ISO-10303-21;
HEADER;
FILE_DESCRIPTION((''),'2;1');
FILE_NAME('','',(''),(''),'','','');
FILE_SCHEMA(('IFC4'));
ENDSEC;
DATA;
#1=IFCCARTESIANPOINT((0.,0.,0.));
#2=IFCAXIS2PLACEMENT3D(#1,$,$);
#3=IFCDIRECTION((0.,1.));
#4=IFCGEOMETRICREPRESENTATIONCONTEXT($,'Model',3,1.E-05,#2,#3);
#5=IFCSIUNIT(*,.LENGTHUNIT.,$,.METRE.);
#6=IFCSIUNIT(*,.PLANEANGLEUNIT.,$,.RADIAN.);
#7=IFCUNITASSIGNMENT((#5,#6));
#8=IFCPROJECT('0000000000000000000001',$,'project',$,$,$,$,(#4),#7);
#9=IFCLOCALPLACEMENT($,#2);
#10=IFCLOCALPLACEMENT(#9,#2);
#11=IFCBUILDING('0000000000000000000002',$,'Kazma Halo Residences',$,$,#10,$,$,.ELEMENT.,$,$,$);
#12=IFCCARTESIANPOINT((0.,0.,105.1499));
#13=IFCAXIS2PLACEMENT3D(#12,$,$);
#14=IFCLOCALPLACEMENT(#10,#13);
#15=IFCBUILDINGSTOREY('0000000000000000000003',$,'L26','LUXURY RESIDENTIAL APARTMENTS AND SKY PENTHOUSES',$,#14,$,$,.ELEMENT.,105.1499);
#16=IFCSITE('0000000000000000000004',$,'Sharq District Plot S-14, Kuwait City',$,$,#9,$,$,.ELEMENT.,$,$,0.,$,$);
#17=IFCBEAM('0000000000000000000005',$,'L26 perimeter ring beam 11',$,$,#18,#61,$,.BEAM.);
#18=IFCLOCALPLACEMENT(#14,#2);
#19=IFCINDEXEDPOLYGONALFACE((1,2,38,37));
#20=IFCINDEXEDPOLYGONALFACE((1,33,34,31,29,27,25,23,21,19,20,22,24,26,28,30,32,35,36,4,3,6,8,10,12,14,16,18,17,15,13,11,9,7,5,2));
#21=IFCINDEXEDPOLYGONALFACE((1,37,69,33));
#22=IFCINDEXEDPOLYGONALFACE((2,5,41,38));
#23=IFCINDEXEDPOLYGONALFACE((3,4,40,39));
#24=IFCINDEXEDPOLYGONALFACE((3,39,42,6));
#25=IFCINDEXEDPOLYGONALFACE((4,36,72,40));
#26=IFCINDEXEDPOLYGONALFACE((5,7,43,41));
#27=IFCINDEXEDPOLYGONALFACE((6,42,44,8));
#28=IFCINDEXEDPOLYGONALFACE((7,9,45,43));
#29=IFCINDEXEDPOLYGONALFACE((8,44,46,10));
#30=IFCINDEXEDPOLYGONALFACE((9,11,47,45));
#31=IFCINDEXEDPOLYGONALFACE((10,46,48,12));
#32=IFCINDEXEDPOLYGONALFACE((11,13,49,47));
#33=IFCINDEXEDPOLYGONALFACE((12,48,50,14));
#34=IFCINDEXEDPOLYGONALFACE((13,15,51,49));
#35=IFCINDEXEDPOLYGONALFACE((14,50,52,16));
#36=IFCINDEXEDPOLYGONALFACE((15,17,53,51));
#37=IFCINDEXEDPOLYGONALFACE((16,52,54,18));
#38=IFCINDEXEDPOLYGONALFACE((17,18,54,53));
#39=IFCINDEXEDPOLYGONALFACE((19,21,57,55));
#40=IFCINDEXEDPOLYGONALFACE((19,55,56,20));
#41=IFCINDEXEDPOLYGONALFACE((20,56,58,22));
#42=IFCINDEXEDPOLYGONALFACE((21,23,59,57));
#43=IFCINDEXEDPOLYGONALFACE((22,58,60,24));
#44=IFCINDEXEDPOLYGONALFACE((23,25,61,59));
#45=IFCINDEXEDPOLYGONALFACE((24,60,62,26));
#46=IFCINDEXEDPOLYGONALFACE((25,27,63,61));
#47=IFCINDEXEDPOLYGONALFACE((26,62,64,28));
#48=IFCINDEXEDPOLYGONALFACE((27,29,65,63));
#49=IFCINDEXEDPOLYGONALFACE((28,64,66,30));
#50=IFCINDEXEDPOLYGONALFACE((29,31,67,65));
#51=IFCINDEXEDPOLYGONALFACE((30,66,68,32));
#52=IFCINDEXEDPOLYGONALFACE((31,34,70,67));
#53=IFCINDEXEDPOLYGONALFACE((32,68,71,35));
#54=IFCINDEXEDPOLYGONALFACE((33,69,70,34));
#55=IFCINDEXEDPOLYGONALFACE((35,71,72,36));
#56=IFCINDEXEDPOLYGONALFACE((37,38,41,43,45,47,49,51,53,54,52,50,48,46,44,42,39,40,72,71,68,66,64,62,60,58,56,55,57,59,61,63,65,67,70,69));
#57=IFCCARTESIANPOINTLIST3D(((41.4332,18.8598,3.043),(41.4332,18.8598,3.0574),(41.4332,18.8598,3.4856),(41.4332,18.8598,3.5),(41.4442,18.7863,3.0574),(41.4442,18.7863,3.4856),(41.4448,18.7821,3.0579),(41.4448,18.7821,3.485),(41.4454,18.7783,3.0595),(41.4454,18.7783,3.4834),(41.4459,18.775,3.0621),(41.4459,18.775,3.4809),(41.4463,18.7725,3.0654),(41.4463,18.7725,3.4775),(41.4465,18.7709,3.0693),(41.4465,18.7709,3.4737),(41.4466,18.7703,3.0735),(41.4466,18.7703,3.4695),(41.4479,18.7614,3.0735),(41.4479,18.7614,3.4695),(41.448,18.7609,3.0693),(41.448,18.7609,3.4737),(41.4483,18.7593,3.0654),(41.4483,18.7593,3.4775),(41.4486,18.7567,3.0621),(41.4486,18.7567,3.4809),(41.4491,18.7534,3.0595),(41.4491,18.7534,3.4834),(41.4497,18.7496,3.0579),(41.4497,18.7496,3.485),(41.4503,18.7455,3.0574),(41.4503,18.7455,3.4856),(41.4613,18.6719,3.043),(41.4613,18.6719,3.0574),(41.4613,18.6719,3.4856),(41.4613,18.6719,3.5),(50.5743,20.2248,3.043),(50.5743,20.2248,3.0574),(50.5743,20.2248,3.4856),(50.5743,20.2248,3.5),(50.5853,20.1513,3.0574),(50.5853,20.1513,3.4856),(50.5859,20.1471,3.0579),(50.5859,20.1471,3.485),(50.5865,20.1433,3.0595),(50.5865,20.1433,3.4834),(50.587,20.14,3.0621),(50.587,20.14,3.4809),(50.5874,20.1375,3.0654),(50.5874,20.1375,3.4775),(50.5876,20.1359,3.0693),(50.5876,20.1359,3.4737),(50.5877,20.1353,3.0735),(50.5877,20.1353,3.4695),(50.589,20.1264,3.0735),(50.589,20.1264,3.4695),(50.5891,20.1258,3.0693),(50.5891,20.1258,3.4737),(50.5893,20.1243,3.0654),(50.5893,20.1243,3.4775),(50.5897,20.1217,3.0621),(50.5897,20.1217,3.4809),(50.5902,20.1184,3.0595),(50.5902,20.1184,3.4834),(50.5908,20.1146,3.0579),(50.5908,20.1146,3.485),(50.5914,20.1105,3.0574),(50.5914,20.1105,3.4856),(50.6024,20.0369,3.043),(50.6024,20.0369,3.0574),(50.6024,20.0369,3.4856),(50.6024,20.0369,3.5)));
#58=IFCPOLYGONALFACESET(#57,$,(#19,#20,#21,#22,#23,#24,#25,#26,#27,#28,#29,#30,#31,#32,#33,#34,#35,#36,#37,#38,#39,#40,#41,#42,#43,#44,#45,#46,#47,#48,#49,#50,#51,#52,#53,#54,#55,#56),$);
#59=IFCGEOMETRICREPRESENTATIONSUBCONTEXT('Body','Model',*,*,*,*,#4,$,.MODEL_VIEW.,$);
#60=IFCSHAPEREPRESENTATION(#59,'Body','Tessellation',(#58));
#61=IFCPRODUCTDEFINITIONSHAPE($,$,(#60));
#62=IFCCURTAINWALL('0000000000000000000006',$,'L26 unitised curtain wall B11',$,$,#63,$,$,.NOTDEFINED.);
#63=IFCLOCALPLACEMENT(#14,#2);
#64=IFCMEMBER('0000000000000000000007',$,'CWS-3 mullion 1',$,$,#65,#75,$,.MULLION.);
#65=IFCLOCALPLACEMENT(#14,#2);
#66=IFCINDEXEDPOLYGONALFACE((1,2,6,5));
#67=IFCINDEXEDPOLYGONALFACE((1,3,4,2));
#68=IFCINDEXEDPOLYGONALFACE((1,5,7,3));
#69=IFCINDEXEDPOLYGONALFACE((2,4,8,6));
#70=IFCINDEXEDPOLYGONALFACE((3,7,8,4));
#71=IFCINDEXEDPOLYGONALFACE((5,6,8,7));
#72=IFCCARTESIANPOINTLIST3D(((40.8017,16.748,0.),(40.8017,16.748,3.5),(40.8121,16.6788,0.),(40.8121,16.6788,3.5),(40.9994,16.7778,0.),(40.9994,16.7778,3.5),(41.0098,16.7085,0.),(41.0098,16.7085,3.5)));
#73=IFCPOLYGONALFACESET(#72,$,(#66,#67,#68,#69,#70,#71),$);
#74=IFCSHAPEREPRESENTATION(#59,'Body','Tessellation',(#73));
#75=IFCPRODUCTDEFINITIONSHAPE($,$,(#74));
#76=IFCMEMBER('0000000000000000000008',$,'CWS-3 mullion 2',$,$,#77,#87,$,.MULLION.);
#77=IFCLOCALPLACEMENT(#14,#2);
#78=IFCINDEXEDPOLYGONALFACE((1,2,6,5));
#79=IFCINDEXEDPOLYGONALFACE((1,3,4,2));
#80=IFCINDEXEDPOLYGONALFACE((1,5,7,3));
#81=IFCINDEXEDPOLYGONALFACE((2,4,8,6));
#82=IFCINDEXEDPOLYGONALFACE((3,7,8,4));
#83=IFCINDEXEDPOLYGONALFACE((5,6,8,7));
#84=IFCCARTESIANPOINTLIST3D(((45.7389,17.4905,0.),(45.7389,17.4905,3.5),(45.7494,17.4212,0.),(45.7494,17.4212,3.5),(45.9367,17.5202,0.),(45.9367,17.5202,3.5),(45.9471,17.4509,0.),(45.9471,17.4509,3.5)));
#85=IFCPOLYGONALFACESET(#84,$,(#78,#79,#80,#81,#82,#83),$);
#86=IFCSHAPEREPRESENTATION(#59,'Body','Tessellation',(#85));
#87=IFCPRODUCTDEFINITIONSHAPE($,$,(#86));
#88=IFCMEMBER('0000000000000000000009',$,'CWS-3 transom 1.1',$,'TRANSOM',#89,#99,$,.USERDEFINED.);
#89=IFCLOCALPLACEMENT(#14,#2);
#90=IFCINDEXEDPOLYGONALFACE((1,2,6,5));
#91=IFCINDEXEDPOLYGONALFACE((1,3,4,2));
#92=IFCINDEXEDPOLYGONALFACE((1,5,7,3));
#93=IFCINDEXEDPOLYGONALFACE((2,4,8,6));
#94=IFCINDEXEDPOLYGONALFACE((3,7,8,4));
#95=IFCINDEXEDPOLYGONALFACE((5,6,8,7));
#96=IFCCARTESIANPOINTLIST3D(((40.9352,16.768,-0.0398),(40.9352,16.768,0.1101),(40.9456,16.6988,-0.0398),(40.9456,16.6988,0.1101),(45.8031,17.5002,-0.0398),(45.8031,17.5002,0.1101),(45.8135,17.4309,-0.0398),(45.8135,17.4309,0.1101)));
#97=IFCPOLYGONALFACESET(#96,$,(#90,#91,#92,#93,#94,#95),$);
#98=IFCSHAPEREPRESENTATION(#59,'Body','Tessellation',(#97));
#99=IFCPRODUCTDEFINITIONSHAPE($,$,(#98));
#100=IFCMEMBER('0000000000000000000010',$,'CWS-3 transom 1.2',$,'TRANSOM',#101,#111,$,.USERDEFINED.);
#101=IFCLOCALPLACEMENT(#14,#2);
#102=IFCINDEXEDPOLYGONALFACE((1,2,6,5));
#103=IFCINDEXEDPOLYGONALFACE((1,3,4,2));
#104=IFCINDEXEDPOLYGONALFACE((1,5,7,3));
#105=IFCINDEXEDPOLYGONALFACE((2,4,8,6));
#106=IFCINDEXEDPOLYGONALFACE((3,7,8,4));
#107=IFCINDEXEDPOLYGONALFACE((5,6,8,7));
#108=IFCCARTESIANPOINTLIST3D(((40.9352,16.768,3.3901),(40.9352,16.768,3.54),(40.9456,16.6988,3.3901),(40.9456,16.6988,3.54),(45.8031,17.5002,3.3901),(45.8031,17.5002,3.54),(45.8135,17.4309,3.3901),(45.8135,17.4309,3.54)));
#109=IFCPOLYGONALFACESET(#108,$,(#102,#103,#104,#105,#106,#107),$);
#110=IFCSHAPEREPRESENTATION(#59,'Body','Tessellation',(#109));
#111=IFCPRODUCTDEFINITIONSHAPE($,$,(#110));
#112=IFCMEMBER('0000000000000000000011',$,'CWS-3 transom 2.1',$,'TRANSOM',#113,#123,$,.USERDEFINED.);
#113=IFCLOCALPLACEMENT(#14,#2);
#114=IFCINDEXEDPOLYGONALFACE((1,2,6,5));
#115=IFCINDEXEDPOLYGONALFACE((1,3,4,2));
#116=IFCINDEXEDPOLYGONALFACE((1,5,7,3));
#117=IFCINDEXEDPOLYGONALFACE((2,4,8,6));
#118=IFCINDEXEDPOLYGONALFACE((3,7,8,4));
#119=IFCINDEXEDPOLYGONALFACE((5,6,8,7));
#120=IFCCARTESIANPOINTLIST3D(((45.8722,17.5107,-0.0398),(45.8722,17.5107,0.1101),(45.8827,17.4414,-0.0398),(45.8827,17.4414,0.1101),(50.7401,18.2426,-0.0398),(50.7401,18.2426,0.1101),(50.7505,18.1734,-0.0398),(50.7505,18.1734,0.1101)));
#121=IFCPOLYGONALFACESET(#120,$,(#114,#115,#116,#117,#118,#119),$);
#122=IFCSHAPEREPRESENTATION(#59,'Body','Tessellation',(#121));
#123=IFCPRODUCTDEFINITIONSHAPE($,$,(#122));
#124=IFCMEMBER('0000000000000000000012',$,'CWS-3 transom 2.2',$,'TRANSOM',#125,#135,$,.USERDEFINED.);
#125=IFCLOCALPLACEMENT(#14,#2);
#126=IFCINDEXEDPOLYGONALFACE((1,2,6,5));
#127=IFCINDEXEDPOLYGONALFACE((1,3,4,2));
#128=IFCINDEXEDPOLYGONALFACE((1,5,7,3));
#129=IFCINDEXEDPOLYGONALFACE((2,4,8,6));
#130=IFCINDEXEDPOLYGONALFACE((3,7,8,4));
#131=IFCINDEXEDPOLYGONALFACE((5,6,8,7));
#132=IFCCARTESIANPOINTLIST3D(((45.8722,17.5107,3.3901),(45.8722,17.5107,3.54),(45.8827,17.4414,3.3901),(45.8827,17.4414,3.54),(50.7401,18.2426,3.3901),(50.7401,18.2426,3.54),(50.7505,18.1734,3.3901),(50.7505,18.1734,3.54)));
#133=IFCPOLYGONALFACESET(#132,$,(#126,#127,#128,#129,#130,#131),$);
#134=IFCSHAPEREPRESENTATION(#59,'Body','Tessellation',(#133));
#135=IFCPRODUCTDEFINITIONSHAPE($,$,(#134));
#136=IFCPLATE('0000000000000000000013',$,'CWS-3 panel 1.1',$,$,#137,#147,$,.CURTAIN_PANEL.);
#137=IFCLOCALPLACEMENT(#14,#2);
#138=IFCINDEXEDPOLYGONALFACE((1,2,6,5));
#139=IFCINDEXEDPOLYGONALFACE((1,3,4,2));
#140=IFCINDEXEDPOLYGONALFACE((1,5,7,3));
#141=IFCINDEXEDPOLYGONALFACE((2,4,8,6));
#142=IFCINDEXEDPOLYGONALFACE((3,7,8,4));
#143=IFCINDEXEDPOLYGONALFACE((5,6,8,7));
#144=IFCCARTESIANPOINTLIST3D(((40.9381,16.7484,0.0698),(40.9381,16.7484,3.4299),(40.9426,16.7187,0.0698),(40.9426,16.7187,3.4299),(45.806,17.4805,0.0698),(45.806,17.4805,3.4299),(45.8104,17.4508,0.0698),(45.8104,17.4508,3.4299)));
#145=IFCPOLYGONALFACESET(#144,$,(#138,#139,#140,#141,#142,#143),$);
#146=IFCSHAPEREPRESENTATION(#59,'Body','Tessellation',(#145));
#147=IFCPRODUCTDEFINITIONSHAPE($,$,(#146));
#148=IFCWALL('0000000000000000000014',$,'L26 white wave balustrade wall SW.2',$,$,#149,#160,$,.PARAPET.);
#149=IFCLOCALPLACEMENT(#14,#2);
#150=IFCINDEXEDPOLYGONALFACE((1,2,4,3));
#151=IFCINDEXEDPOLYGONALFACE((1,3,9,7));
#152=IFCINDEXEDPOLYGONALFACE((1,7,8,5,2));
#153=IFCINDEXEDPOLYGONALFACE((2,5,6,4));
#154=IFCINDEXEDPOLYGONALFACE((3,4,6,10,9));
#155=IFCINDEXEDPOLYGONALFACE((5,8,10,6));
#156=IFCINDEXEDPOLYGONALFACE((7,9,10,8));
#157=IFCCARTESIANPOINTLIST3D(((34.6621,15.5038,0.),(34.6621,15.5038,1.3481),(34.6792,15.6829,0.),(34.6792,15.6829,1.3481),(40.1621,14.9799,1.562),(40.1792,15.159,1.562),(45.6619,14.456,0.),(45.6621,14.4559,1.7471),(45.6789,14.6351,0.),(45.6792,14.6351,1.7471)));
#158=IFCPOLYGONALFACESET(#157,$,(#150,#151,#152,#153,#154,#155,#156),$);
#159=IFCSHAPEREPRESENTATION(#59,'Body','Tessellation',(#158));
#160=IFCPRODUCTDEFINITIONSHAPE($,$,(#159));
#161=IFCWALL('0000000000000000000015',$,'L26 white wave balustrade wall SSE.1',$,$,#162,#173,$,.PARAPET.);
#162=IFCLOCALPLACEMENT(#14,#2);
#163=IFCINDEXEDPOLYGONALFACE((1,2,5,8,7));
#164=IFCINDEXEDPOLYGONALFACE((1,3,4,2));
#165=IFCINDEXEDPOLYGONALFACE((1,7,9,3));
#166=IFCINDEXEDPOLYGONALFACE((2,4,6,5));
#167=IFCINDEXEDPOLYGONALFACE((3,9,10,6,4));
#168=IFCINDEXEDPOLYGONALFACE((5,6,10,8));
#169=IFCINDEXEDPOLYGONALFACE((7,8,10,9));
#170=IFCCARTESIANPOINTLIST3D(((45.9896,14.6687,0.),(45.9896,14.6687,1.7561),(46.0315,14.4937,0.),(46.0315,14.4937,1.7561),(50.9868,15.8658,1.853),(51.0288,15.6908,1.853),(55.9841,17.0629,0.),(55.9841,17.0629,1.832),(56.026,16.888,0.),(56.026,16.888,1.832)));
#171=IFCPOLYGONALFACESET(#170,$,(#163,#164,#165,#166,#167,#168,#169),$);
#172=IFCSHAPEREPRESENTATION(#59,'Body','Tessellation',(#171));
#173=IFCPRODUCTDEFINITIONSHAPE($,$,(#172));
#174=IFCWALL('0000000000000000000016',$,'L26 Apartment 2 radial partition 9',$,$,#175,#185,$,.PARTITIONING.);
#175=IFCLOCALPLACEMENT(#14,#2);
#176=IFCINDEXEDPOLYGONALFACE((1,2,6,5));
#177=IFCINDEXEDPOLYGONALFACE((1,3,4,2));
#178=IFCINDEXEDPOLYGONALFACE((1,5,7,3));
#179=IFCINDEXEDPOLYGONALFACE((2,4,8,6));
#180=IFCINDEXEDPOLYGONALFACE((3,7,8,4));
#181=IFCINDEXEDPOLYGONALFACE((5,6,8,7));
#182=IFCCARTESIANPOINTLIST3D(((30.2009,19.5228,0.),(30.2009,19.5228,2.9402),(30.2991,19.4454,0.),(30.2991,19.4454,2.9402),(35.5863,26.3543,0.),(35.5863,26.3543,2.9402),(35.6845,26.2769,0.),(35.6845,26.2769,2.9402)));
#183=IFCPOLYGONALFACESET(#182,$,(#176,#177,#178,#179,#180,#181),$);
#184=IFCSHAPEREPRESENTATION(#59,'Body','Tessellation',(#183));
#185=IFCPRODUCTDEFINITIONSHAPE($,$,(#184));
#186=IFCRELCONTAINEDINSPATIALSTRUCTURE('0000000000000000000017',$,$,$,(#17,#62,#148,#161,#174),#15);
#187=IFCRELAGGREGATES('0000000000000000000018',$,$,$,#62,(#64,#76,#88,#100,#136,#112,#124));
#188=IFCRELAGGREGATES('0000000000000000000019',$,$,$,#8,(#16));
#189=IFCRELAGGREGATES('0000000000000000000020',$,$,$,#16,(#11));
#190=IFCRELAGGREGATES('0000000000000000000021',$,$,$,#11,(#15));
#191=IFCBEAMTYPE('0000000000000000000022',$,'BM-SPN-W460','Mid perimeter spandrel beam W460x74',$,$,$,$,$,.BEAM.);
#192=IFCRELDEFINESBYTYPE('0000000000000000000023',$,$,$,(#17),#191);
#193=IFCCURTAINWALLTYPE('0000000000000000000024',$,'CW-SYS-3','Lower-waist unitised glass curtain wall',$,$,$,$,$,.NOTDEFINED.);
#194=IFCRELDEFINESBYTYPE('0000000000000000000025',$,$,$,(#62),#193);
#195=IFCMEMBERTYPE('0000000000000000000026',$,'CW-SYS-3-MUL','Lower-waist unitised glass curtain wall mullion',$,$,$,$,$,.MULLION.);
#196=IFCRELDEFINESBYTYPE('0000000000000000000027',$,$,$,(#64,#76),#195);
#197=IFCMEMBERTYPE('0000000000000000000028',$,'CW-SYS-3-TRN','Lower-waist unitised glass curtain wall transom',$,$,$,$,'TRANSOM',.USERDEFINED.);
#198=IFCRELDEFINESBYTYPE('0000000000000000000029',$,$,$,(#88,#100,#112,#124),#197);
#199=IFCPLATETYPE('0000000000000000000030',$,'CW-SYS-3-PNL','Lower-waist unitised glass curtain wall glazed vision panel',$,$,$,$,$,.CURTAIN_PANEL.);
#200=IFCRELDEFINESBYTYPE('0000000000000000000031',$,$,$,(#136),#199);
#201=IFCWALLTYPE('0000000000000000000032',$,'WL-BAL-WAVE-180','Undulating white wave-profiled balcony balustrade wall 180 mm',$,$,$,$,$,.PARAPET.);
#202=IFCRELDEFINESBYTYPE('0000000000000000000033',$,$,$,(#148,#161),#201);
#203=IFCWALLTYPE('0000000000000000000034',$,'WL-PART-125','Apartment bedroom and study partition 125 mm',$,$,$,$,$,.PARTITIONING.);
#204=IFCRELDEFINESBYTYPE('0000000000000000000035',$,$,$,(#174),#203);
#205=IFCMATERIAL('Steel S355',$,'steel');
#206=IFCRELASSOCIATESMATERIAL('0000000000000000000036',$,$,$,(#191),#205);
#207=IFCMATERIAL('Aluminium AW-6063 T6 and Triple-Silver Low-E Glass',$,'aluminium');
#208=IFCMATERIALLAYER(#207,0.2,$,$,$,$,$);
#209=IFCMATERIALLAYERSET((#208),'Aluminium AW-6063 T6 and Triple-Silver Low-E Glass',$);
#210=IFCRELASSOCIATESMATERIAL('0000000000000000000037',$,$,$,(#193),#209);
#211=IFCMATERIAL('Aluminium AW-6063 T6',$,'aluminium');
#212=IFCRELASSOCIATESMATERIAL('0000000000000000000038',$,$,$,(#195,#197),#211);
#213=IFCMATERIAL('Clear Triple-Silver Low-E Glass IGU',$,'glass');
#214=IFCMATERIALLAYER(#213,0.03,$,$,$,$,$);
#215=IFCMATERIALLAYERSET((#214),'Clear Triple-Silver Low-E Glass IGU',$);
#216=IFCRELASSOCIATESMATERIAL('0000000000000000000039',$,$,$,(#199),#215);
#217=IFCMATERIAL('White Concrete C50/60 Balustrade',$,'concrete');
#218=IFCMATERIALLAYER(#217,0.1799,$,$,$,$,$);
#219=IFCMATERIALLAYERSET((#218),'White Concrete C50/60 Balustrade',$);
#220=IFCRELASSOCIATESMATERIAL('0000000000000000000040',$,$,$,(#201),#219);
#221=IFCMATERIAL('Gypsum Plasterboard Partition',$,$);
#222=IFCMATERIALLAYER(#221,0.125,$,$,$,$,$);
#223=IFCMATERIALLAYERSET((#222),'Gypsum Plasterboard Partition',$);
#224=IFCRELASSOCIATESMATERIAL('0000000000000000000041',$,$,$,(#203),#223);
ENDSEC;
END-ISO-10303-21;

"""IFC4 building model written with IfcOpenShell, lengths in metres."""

from ifc_helpers import new_model, si_unit, direction, frame, frame_2d, origin, origin_2d, place, context, subcontext, project, spatial, polyline, rectangle, i_section, outline, extrude, material, layer, layer_set, material_profile, profile_set, type_object, element, aggregate, save


model = new_model("IFC4")

# Units and contexts
model_context = context("Model", 3, precision=1e-05, world=origin(), true_north=direction((0.0, 1.0)))
body_context = subcontext(model_context, "Body", "Model", "MODEL_VIEW")
ifc_project = project(units=[si_unit("LENGTHUNIT", "METRE"), si_unit("PLANEANGLEUNIT", "RADIAN")], contexts=[model_context])

# Site, building, storey
site_placement = place(None, origin())
site = spatial("IfcSite", under=ifc_project, at=site_placement, Name="Sharq District Plot S-14, Kuwait City", CompositionType="ELEMENT", RefElevation=0.0)
building_placement = place(site_placement, origin())
building = spatial("IfcBuilding", under=site, at=building_placement, Name="Kazma Halo Residences", CompositionType="ELEMENT")
storey_placement = place(building_placement, frame((0.0, 0.0, 105.1499)))
storey = spatial("IfcBuildingStorey", under=building, at=storey_placement, Name="L26", Description="LUXURY RESIDENTIAL APARTMENTS AND SKY PENTHOUSES", CompositionType="ELEMENT", Elevation=105.1499)

# Beam
ifc_material_1 = material(Name="Steel S355", Category="steel")
ifc_material_profile_1 = material_profile(ifc_material_1, i_section(OverallWidth=0.1899, OverallDepth=0.457, WebThickness=0.009, FlangeThickness=0.0144, FilletRadius=0.0161, at=origin_2d()), Name="W460x74")
ifc_profile_set_1 = profile_set([ifc_material_profile_1], Name="Steel S355")
beam_type_1 = type_object("IfcBeamType", Name="BM-SPN-W460", Description="Mid perimeter spandrel beam W460x74", PredefinedType="BEAM", material=ifc_profile_set_1)
beam_1_placement = place(storey_placement, frame((41.4473, 18.7659, 3.2715), z_axis=(0.989034, 0.147687, 0.0), x_axis=(-0.147687, 0.989034, 0.0)))
element("IfcBeam", 1, at=beam_1_placement, inside=storey, type_object=beam_type_1, Name="L26 perimeter ring beam 11", PredefinedType="BEAM", context=body_context, shape_type="SweptSolid", body=[
    extrude(i_section(OverallWidth=0.1899, OverallDepth=0.457, WebThickness=0.009, FlangeThickness=0.0144, FilletRadius=0.0161, at=origin_2d()), origin(), (0.0, 0.0, 1.0), 9.2424),
])

# Curtain wall, members, plate
ifc_material_2 = material(Name="Aluminium AW-6063 T6 and Triple-Silver Low-E Glass", Category="aluminium")
ifc_layer_1 = layer(ifc_material_2, 0.2)
ifc_layer_set_1 = layer_set([ifc_layer_1], Name="Aluminium AW-6063 T6 and Triple-Silver Low-E Glass")
curtain_wall_type = type_object("IfcCurtainWallType", Name="CW-SYS-3", Description="Lower-waist unitised glass curtain wall", PredefinedType="NOTDEFINED", material=ifc_layer_set_1)
curtain_wall_placement = place(storey_placement, origin())
curtain_wall = element("IfcCurtainWall", 2, at=curtain_wall_placement, inside=storey, type_object=curtain_wall_type, Name="L26 unitised curtain wall B11", PredefinedType="NOTDEFINED")
ifc_material_3 = material(Name="Aluminium AW-6063 T6", Category="aluminium")
ifc_material_profile_2 = material_profile(ifc_material_3, rectangle(XDim=0.0701, YDim=0.2, at=origin_2d()), Name="CWM-70x200")
ifc_profile_set_2 = profile_set([ifc_material_profile_2], Name="Aluminium AW-6063 T6")
member_type_1 = type_object("IfcMemberType", Name="CW-SYS-3-MUL", Description="Lower-waist unitised glass curtain wall mullion", PredefinedType="MULLION", material=ifc_profile_set_2)
member_1_placement = place(storey_placement, frame((40.9058, 16.7283, 0.0), z_axis=(0.0, 0.0, 1.0), x_axis=(-0.148717, 0.98888, 0.0)))
member_1 = element("IfcMember", 3, at=member_1_placement, type_object=member_type_1, Name="CWS-3 mullion 1", PredefinedType="MULLION", context=body_context, shape_type="SweptSolid", body=[
    extrude(rectangle(XDim=0.0701, YDim=0.2, at=origin_2d()), origin(), (0.0, 0.0, 1.0), 3.5),
])
member_2_placement = place(storey_placement, frame((45.843, 17.4707, 0.0), z_axis=(0.0, 0.0, 1.0), x_axis=(-0.148717, 0.98888, 0.0)))
member_2 = element("IfcMember", 4, at=member_2_placement, type_object=member_type_1, Name="CWS-3 mullion 2", PredefinedType="MULLION", context=body_context, shape_type="SweptSolid", body=[
    extrude(rectangle(XDim=0.0701, YDim=0.2, at=origin_2d()), origin(), (0.0, 0.0, 1.0), 3.5),
])
ifc_material_profile_3 = material_profile(ifc_material_3, rectangle(XDim=0.0701, YDim=0.1499, at=origin_2d()), Name="CWT-70x150")
ifc_profile_set_3 = profile_set([ifc_material_profile_3], Name="Aluminium AW-6063 T6")
member_type_2 = type_object("IfcMemberType", Name="CW-SYS-3-TRN", Description="Lower-waist unitised glass curtain wall transom", ElementType="TRANSOM", PredefinedType="USERDEFINED", material=ifc_profile_set_3)
member_3_placement = place(storey_placement, frame((40.9404, 16.7334, 0.0352), z_axis=(0.988877, 0.148736, 0.0), x_axis=(-0.148736, 0.988877, 0.0)))
member_3 = element("IfcMember", 5, at=member_3_placement, type_object=member_type_2, Name="CWS-3 transom 1.1", ObjectType="TRANSOM", PredefinedType="USERDEFINED", context=body_context, shape_type="SweptSolid", body=[
    extrude(rectangle(XDim=0.0701, YDim=0.1499, at=origin_2d()), origin(), (0.0, 0.0, 1.0), 4.9226),
])
member_4_placement = place(storey_placement, frame((40.9404, 16.7334, 3.4651), z_axis=(0.988877, 0.148736, 0.0), x_axis=(-0.148736, 0.988877, 0.0)))
member_4 = element("IfcMember", 6, at=member_4_placement, type_object=member_type_2, Name="CWS-3 transom 1.2", ObjectType="TRANSOM", PredefinedType="USERDEFINED", context=body_context, shape_type="SweptSolid", body=[
    extrude(rectangle(XDim=0.0701, YDim=0.1499, at=origin_2d()), origin(), (0.0, 0.0, 1.0), 4.9226),
])
member_5_placement = place(storey_placement, frame((45.8774, 17.4761, 0.0352), z_axis=(0.988884, 0.148687, 0.0), x_axis=(-0.148687, 0.988884, 0.0)))
member_5 = element("IfcMember", 7, at=member_5_placement, type_object=member_type_2, Name="CWS-3 transom 2.1", ObjectType="TRANSOM", PredefinedType="USERDEFINED", context=body_context, shape_type="SweptSolid", body=[
    extrude(rectangle(XDim=0.0701, YDim=0.1499, at=origin_2d()), origin(), (0.0, 0.0, 1.0), 4.9226),
])
member_6_placement = place(storey_placement, frame((45.8774, 17.4761, 3.4651), z_axis=(0.988884, 0.148687, 0.0), x_axis=(-0.148687, 0.988884, 0.0)))
member_6 = element("IfcMember", 8, at=member_6_placement, type_object=member_type_2, Name="CWS-3 transom 2.2", ObjectType="TRANSOM", PredefinedType="USERDEFINED", context=body_context, shape_type="SweptSolid", body=[
    extrude(rectangle(XDim=0.0701, YDim=0.1499, at=origin_2d()), origin(), (0.0, 0.0, 1.0), 4.9226),
])
ifc_material_4 = material(Name="Clear Triple-Silver Low-E Glass IGU", Category="glass")
ifc_layer_2 = layer(ifc_material_4, 0.03)
ifc_layer_set_2 = layer_set([ifc_layer_2], Name="Clear Triple-Silver Low-E Glass IGU")
plate_type = type_object("IfcPlateType", Name="CW-SYS-3-PNL", Description="Lower-waist unitised glass curtain wall glazed vision panel", PredefinedType="CURTAIN_PANEL", material=ifc_layer_set_2)
plate_placement = place(storey_placement, frame((43.3743, 17.0996, 0.0698), z_axis=(0.0, 0.0, 1.0), x_axis=(0.98888, 0.148717, 0.0)))
plate = element("IfcPlate", 9, at=plate_placement, type_object=plate_type, Name="CWS-3 panel 1.1", PredefinedType="CURTAIN_PANEL", context=body_context, shape_type="SweptSolid", body=[
    extrude(rectangle(XDim=4.9226, YDim=0.03, at=origin_2d()), origin(), (0.0, 0.0, 1.0), 3.3601),
])
aggregate(curtain_wall, [member_1, member_2, member_3, member_4, plate, member_5, member_6])

# Walls
ifc_material_5 = material(Name="White Concrete C50/60 Balustrade", Category="concrete")
ifc_layer_3 = layer(ifc_material_5, 0.1799)
ifc_layer_set_3 = layer_set([ifc_layer_3], Name="White Concrete C50/60 Balustrade")
wall_type_1 = type_object("IfcWallType", Name="WL-BAL-WAVE-180", Description="Undulating white wave-profiled balcony balustrade wall 180 mm", PredefinedType="PARAPET", material=ifc_layer_set_3)
wall_1_placement = place(storey_placement, frame((34.6707, 15.5935, 0.0), z_axis=(0.0, 0.0, 1.0), x_axis=(0.995493, -0.094832, 0.0)))
element("IfcWall", 10, at=wall_1_placement, inside=storey, type_object=wall_type_1, Name="L26 white wave balustrade wall SW.2", PredefinedType="PARAPET", context=body_context, shape_type="SweptSolid", body=[
    extrude(outline(polyline([(0.0, 0.0), (11.0496, 0.0), (11.0498, 1.7471), (5.5249, 1.562), (0.0, 1.3481), (0.0, 0.0)])), frame((0.0, 0.0898, 0.0), z_axis=(0.0, -1.0, 0.0), x_axis=(1.0, 0.0, 0.0)), (0.0, 0.0, 1.0), 0.1799),
])
wall_2_placement = place(storey_placement, frame((46.0105, 14.5813, 0.0), z_axis=(0.0, 0.0, 1.0), x_axis=(0.972485, 0.232966, 0.0)))
element("IfcWall", 11, at=wall_2_placement, inside=storey, type_object=wall_type_1, Name="L26 white wave balustrade wall SSE.1", PredefinedType="PARAPET", context=body_context, shape_type="SweptSolid", body=[
    extrude(outline(polyline([(0.0, 0.0), (10.2773, 0.0), (10.2773, 1.832), (5.1387, 1.853), (0.0, 1.7561), (0.0, 0.0)])), frame((0.0, 0.0898, 0.0), z_axis=(0.0, -1.0, 0.0), x_axis=(1.0, 0.0, 0.0)), (0.0, 0.0, 1.0), 0.1799),
])
ifc_material_6 = material(Name="Gypsum Plasterboard Partition")
ifc_layer_4 = layer(ifc_material_6, 0.125)
ifc_layer_set_4 = layer_set([ifc_layer_4], Name="Gypsum Plasterboard Partition")
wall_type_2 = type_object("IfcWallType", Name="WL-PART-125", Description="Apartment bedroom and study partition 125 mm", PredefinedType="PARTITIONING", material=ifc_layer_set_4)
wall_3_placement = place(storey_placement, frame((35.6355, 26.3157, 0.0), z_axis=(0.0, 0.0, 1.0), x_axis=(-0.61909, -0.78532, 0.0)))
element("IfcWall", 12, at=wall_3_placement, inside=storey, type_object=wall_type_2, Name="L26 Apartment 2 radial partition 9", PredefinedType="PARTITIONING", context=body_context, shape_type="SweptSolid", body=[
    extrude(rectangle(XDim=8.699, YDim=0.125, at=frame_2d((4.3496, 0.0))), origin(), (0.0, 0.0, 1.0), 2.9402),
])

save(model, "model.ifc")
